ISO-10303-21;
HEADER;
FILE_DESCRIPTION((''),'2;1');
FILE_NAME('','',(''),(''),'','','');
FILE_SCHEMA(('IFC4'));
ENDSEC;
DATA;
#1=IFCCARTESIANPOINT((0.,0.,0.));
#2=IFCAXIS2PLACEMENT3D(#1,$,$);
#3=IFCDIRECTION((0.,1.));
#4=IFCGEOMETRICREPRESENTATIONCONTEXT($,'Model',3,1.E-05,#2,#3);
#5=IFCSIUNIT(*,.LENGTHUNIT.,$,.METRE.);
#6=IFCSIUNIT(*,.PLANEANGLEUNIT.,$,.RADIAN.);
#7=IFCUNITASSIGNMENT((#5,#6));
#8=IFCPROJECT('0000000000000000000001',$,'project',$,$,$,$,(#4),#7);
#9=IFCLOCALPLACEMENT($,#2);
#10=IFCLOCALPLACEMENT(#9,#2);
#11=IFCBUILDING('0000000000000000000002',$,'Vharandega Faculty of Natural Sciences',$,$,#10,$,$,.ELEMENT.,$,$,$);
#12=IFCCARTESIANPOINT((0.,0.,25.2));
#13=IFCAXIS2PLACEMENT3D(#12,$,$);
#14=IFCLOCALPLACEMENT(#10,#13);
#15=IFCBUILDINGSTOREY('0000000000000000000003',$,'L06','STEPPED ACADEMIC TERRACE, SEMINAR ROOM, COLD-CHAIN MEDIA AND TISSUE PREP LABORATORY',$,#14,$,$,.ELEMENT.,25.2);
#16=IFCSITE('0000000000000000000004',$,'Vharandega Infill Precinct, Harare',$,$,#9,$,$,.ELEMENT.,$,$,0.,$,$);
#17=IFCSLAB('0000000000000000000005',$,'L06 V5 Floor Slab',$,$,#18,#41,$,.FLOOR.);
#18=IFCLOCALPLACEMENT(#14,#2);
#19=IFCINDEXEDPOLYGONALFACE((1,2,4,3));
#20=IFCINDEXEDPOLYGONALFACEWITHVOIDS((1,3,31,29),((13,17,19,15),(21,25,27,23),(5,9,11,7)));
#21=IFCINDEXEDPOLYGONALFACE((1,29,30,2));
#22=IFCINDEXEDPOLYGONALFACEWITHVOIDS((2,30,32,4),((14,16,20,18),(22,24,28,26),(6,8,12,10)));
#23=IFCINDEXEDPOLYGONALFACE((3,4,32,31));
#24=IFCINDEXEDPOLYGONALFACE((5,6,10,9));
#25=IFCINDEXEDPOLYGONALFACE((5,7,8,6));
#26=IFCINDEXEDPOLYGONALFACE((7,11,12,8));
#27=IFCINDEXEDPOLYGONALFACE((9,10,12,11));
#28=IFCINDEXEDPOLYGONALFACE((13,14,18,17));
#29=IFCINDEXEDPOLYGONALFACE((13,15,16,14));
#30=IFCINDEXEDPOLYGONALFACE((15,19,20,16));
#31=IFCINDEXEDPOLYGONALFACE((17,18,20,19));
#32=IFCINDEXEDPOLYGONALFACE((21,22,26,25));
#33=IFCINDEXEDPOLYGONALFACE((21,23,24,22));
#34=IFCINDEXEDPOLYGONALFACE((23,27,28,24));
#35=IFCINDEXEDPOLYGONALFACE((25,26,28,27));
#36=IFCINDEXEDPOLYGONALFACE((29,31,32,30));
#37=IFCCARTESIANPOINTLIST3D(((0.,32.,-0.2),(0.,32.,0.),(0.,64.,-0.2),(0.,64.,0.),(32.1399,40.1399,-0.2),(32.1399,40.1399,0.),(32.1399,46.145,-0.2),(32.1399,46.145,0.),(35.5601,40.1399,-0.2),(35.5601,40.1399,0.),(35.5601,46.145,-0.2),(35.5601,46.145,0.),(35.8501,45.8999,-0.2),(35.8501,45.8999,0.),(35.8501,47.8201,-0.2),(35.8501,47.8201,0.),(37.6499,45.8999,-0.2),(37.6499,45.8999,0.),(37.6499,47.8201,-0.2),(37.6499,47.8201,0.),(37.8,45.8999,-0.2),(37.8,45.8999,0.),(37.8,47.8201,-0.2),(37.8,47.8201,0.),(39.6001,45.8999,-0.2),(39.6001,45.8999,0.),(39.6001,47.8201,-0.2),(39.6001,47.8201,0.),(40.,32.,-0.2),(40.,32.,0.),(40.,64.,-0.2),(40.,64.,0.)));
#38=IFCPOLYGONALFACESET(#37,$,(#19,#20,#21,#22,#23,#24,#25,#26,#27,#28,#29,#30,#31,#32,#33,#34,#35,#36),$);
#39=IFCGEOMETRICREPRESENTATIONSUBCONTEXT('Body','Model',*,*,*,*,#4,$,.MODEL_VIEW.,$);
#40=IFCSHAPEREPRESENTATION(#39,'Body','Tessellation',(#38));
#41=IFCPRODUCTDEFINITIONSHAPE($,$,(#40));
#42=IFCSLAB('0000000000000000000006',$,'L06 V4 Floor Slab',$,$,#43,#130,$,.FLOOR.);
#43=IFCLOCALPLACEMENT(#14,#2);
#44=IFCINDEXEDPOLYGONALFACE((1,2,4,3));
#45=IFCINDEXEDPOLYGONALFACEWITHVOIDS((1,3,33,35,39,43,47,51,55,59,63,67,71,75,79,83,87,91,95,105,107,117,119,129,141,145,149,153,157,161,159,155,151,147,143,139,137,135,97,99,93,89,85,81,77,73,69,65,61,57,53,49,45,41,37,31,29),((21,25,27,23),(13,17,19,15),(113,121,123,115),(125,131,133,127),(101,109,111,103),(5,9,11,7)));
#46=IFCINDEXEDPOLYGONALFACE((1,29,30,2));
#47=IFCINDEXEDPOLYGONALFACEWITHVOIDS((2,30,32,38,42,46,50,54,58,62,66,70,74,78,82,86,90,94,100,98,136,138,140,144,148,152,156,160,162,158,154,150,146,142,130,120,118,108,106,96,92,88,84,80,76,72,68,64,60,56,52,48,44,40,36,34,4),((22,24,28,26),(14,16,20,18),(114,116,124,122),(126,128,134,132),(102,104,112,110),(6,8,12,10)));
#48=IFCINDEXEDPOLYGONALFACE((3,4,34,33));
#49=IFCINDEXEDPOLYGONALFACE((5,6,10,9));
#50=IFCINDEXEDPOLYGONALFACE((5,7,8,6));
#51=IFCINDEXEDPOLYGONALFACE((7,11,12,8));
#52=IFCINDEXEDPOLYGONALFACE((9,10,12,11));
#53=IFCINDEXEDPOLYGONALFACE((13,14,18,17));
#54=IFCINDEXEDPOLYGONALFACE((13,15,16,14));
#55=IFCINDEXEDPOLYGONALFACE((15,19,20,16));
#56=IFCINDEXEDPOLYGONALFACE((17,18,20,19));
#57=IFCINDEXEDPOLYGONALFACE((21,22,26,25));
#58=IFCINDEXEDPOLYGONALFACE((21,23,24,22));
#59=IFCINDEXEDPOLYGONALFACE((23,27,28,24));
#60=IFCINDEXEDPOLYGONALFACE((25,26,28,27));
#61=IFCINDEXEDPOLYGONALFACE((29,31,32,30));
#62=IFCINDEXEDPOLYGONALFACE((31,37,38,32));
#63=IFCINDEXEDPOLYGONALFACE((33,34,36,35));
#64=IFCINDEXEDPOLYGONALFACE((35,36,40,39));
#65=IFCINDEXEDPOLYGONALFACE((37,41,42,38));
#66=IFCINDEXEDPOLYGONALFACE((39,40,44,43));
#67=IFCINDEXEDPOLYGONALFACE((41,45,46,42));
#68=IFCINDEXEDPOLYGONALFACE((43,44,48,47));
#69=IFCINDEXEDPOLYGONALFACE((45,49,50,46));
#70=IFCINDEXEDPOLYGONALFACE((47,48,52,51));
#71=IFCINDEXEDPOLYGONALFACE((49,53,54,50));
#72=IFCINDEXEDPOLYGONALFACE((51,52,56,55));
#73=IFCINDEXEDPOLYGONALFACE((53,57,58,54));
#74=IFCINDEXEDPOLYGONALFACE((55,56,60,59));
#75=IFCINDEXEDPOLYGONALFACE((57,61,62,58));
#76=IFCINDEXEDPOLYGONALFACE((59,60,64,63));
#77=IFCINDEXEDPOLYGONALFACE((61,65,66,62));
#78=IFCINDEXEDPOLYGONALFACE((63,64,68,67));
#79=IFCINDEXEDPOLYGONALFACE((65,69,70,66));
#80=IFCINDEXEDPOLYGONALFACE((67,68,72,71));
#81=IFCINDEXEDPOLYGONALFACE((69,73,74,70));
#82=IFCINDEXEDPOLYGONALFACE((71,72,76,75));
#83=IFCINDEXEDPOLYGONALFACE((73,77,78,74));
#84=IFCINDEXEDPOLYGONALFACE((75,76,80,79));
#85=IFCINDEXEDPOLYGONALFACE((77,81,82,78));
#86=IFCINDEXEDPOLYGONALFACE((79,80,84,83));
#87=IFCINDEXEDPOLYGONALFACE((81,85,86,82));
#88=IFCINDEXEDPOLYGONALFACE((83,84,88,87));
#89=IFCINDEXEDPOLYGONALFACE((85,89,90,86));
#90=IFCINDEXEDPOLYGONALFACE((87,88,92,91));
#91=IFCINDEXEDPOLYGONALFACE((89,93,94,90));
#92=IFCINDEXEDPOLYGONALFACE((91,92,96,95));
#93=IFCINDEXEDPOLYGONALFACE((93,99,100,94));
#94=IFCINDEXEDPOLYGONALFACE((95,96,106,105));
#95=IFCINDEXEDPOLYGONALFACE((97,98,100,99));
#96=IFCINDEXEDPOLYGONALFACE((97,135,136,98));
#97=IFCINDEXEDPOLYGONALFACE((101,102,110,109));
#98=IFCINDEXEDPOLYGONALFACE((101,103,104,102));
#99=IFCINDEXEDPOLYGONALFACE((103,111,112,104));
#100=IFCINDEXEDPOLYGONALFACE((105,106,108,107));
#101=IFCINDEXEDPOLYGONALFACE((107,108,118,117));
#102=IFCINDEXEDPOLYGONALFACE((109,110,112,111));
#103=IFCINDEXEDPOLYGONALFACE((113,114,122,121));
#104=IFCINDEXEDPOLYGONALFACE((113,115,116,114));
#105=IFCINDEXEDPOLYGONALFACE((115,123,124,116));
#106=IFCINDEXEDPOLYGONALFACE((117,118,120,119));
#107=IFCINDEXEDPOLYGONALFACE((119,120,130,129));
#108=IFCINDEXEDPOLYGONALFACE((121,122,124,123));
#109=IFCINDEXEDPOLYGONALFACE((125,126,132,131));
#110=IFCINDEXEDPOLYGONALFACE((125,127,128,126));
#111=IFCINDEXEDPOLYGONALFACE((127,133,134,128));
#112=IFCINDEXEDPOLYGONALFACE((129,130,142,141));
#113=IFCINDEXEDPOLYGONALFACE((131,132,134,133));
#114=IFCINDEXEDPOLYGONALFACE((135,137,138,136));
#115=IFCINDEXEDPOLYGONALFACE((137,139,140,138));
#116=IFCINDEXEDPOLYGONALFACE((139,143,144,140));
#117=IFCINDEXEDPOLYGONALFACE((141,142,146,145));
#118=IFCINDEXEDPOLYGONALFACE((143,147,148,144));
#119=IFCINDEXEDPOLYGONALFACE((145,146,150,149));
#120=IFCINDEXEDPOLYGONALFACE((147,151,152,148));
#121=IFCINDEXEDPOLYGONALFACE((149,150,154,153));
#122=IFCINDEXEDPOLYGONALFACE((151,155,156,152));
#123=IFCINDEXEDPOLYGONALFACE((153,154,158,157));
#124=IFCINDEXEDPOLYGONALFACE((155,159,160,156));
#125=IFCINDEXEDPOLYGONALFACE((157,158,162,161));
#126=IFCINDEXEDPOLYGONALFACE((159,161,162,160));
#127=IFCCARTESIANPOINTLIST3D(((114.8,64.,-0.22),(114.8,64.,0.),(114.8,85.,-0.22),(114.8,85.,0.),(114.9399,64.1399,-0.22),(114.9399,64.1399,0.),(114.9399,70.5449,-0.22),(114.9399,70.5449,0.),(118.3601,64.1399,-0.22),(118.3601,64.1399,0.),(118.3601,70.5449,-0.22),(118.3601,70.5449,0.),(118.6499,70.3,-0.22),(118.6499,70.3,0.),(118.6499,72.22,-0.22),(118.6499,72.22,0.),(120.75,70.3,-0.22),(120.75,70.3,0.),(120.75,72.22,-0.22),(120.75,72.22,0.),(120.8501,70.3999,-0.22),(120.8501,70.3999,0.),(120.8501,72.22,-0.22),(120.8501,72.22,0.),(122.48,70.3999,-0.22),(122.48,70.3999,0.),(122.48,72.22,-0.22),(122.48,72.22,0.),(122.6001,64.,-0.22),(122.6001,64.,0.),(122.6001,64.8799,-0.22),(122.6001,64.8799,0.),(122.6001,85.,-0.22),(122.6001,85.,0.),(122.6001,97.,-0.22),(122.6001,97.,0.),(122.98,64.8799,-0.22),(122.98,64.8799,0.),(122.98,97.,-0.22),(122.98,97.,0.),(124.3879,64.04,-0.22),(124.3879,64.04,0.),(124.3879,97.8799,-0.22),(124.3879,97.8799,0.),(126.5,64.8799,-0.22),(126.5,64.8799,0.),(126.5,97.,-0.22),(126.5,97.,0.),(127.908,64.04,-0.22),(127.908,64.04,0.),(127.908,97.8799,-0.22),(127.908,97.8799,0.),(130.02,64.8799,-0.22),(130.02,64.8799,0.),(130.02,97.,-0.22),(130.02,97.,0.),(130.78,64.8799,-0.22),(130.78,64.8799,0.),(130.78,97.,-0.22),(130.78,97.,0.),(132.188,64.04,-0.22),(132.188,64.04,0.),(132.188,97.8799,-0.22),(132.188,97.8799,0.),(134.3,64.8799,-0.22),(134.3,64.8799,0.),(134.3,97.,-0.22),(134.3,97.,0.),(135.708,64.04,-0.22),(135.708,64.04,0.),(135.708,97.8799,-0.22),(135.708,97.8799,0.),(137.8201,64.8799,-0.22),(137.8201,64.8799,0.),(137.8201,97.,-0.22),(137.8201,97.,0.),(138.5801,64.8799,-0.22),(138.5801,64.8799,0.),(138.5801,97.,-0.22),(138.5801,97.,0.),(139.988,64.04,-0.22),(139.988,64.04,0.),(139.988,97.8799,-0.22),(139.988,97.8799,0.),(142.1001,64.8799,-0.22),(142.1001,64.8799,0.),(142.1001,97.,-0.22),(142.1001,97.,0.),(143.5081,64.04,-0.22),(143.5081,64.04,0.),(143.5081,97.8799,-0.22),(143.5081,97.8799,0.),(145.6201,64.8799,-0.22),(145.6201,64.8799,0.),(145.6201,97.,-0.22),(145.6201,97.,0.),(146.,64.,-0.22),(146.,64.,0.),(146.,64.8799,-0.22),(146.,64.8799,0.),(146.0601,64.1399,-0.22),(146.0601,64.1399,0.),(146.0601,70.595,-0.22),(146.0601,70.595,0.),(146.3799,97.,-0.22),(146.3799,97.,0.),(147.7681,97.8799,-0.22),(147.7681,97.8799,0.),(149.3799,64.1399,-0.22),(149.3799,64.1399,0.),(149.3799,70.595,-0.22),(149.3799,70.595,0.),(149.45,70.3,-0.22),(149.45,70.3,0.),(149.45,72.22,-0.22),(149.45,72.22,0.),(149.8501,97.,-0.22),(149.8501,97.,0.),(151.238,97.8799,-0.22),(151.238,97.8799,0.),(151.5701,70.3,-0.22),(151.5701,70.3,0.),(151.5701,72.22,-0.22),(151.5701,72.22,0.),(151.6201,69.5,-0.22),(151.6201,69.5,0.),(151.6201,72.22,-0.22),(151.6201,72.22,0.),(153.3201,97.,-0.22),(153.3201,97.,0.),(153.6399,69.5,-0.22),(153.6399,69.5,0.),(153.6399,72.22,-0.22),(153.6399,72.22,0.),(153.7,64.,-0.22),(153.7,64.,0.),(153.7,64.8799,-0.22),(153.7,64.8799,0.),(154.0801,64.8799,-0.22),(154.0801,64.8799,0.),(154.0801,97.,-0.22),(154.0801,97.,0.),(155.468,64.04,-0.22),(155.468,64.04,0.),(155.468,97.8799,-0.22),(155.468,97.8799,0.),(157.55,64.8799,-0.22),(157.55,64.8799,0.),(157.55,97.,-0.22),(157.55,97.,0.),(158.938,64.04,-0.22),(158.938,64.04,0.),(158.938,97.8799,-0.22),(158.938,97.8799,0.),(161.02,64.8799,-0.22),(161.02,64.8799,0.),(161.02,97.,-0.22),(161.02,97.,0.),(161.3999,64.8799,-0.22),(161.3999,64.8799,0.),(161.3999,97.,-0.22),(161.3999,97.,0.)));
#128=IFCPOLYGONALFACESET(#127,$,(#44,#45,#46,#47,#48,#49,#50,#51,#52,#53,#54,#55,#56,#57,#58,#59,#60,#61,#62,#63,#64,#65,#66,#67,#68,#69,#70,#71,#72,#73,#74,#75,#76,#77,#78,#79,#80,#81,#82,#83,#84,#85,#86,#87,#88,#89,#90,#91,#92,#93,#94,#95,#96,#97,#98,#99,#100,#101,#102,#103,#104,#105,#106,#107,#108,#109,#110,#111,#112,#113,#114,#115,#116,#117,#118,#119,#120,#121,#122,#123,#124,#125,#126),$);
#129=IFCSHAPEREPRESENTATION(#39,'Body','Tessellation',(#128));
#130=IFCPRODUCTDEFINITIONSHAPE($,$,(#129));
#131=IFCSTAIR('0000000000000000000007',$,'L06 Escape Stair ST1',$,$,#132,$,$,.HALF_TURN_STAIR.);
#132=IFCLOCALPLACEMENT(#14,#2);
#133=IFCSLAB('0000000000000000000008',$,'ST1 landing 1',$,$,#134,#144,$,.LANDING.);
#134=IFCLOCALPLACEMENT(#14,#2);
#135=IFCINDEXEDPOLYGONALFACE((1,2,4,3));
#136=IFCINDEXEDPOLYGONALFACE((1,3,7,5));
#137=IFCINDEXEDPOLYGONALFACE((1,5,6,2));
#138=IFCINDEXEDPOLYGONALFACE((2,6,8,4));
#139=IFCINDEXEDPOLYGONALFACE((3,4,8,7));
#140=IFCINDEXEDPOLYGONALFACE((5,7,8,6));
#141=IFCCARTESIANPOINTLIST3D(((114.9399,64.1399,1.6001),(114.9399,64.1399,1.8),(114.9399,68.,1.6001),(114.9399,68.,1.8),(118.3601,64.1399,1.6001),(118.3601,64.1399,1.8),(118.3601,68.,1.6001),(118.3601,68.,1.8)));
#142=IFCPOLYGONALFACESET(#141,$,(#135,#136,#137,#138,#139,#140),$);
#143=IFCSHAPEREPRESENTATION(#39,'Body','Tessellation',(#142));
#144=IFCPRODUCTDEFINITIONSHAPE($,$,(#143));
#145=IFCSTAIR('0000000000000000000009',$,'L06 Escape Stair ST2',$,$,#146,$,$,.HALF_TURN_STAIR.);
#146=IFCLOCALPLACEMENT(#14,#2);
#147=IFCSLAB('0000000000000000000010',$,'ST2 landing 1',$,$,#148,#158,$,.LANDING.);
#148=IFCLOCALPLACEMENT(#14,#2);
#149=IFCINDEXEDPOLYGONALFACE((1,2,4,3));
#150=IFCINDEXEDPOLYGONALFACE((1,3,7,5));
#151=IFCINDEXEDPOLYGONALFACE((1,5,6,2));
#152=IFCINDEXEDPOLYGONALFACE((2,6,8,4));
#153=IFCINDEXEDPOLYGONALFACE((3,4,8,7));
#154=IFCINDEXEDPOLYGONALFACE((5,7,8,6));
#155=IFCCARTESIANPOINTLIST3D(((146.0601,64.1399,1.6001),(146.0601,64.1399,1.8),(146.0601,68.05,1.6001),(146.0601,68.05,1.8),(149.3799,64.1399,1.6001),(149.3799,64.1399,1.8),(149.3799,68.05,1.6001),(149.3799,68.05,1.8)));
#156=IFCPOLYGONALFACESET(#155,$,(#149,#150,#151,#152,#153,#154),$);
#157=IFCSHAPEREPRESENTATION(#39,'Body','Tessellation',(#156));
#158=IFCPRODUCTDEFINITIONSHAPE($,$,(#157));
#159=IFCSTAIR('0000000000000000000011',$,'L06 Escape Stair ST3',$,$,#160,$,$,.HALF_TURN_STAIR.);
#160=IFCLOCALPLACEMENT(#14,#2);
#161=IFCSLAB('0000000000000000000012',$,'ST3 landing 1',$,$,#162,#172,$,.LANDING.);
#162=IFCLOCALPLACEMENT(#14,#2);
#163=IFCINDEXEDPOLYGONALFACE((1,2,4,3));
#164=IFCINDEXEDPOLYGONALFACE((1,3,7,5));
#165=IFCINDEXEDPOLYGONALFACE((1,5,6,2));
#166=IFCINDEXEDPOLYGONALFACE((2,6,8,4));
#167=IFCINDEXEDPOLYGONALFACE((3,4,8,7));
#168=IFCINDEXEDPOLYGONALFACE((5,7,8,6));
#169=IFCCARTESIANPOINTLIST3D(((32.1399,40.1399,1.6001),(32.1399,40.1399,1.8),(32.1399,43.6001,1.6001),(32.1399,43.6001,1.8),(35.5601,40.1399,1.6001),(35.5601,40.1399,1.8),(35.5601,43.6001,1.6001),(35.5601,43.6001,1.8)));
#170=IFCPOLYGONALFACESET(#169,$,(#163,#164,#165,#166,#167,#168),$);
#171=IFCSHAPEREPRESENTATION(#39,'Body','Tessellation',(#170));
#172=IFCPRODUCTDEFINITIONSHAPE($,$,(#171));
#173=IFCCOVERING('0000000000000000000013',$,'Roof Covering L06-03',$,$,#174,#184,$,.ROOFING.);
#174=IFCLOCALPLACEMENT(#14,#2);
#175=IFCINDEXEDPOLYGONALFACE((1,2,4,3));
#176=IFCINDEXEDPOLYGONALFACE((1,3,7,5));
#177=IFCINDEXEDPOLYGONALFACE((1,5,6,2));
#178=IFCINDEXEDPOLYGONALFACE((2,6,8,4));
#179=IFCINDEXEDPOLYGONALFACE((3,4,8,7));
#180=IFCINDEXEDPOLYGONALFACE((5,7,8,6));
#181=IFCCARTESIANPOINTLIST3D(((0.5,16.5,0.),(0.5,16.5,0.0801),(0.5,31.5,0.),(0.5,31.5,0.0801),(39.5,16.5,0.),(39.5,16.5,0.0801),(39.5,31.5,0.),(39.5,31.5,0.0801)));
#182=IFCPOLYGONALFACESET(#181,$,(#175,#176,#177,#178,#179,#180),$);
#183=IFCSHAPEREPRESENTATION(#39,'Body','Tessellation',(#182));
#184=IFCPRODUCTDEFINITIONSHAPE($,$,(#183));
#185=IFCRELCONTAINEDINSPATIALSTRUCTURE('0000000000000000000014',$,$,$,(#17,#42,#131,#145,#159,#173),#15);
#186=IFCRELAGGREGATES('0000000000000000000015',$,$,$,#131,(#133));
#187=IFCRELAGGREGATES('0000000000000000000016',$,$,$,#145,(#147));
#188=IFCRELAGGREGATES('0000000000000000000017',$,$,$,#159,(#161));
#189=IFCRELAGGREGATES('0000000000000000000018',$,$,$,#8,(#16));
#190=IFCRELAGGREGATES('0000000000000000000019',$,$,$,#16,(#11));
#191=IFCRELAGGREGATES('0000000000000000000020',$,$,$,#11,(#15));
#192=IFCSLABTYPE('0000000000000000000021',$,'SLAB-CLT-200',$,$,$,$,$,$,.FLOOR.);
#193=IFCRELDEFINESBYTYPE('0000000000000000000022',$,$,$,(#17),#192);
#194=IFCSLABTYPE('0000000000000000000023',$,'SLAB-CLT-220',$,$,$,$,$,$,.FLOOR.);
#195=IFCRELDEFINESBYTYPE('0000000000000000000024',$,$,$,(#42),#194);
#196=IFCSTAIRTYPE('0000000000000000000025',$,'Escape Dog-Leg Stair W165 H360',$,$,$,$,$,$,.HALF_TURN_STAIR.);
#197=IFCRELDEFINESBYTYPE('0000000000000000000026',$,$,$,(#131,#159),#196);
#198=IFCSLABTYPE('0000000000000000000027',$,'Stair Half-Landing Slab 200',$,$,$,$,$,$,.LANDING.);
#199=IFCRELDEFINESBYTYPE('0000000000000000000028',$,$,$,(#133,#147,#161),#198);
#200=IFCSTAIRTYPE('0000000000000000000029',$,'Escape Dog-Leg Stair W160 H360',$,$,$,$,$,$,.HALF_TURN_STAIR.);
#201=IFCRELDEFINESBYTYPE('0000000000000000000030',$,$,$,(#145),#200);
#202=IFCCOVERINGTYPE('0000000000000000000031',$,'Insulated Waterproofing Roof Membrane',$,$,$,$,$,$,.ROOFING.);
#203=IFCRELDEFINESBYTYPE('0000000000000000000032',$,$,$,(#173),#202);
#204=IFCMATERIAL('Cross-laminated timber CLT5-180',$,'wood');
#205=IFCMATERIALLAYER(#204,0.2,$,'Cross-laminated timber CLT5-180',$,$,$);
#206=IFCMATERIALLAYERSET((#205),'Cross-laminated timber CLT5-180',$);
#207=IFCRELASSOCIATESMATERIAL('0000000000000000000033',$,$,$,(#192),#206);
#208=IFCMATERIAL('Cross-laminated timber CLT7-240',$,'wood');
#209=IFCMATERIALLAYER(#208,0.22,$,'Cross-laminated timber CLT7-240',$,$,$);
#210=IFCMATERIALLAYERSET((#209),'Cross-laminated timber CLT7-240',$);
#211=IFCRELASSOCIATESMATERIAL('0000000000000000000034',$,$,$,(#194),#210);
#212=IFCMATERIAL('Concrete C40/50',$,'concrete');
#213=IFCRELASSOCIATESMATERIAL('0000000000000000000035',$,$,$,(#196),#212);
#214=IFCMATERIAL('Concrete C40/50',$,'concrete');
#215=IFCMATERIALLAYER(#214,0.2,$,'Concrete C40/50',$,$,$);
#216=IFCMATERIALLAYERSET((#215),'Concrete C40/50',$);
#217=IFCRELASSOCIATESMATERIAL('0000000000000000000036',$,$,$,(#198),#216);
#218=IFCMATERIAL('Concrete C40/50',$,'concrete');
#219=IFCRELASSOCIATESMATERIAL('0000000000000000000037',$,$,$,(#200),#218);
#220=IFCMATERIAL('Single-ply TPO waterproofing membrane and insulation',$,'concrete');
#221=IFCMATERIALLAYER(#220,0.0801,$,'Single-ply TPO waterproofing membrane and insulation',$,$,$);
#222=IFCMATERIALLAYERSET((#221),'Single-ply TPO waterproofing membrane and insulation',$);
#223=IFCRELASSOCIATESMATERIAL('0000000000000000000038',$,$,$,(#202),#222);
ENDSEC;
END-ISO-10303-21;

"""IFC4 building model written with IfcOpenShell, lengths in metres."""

from ifc_helpers import new_model, si_unit, direction, frame, origin, place, context, subcontext, project, spatial, polyline, outline, extrude, material, layer, layer_set, type_object, element, aggregate, save


model = new_model("IFC4")

# Units and contexts
model_context = context("Model", 3, precision=1e-05, world=origin(), true_north=direction((0.0, 1.0)))
body_context = subcontext(model_context, "Body", "Model", "MODEL_VIEW")
ifc_project = project(units=[si_unit("LENGTHUNIT", "METRE"), si_unit("PLANEANGLEUNIT", "RADIAN")], contexts=[model_context])

# Site, building, storey
site_placement = place(None, origin())
site = spatial("IfcSite", under=ifc_project, at=site_placement, Name="Vharandega Infill Precinct, Harare", CompositionType="ELEMENT", RefElevation=0.0)
building_placement = place(site_placement, origin())
building = spatial("IfcBuilding", under=site, at=building_placement, Name="Vharandega Faculty of Natural Sciences", CompositionType="ELEMENT")
storey_placement = place(building_placement, frame((0.0, 0.0, 25.2)))
storey = spatial("IfcBuildingStorey", under=building, at=storey_placement, Name="L06", Description="STEPPED ACADEMIC TERRACE, SEMINAR ROOM, COLD-CHAIN MEDIA AND TISSUE PREP LABORATORY", CompositionType="ELEMENT", Elevation=25.2)

# Slabs
ifc_material_1 = material(Name="Cross-laminated timber CLT5-180", Category="wood")
ifc_layer_1 = layer(ifc_material_1, 0.2, Name="Cross-laminated timber CLT5-180")
ifc_layer_set_1 = layer_set([ifc_layer_1], Name="Cross-laminated timber CLT5-180")
slab_type_1 = type_object("IfcSlabType", Name="SLAB-CLT-200", PredefinedType="FLOOR", material=ifc_layer_set_1)
slab_1_placement = place(storey_placement, frame((0.0, 0.0, -0.2)))
element("IfcSlab", 1, at=slab_1_placement, inside=storey, type_object=slab_type_1, Name="L06 V5 Floor Slab", PredefinedType="FLOOR", context=body_context, shape_type="SweptSolid", body=[
    extrude(outline(polyline([(0.0, 32.0), (40.0, 32.0), (40.0, 64.0), (0.0, 64.0), (0.0, 32.0)]), holes=[polyline([(32.1399, 46.145), (32.1399, 40.1399), (35.5601, 40.1399), (35.5601, 46.145), (32.1399, 46.145)]), polyline([(35.8501, 45.8999), (37.6499, 45.8999), (37.6499, 47.8201), (35.8501, 47.8201), (35.8501, 45.8999)]), polyline([(37.8, 45.8999), (39.6001, 45.8999), (39.6001, 47.8201), (37.8, 47.8201), (37.8, 45.8999)])]), origin(), (0.0, 0.0, 1.0), 0.2),
])
ifc_material_2 = material(Name="Cross-laminated timber CLT7-240", Category="wood")
ifc_layer_2 = layer(ifc_material_2, 0.22, Name="Cross-laminated timber CLT7-240")
ifc_layer_set_2 = layer_set([ifc_layer_2], Name="Cross-laminated timber CLT7-240")
slab_type_2 = type_object("IfcSlabType", Name="SLAB-CLT-220", PredefinedType="FLOOR", material=ifc_layer_set_2)
slab_2_placement = place(storey_placement, frame((0.0, 0.0, -0.22)))
element("IfcSlab", 2, at=slab_2_placement, inside=storey, type_object=slab_type_2, Name="L06 V4 Floor Slab", PredefinedType="FLOOR", context=body_context, shape_type="SweptSolid", body=[
    extrude(outline(polyline([(114.8, 64.0), (122.6001, 64.0), (122.6001, 64.8799), (122.98, 64.8799), (124.3879, 64.04), (126.5, 64.8799), (126.5, 64.8799), (127.908, 64.04), (130.02, 64.8799), (130.78, 64.8799), (132.188, 64.04), (134.3, 64.8799), (134.3, 64.8799), (135.708, 64.04), (137.8201, 64.8799), (138.5801, 64.8799), (139.988, 64.04), (142.1001, 64.8799), (142.1001, 64.8799), (143.5081, 64.04), (145.6201, 64.8799), (146.0, 64.8799), (146.0, 64.0), (153.7, 64.0), (153.7, 64.8799), (154.0801, 64.8799), (155.468, 64.04), (157.55, 64.8799), (157.55, 64.8799), (158.938, 64.04), (161.02, 64.8799), (161.3999, 64.8799), (161.3999, 64.0), (161.3999, 97.0), (161.02, 97.0), (158.938, 97.8799), (157.55, 97.0), (157.55, 97.0), (155.468, 97.8799), (154.0801, 97.0), (153.3201, 97.0), (151.238, 97.8799), (149.8501, 97.0), (149.8501, 97.0), (147.7681, 97.8799), (146.3799, 97.0), (145.6201, 97.0), (143.5081, 97.8799), (142.1001, 97.0), (142.1001, 97.0), (139.988, 97.8799), (138.5801, 97.0), (137.8201, 97.0), (135.708, 97.8799), (134.3, 97.0), (134.3, 97.0), (132.188, 97.8799), (130.78, 97.0), (130.02, 97.0), (127.908, 97.8799), (126.5, 97.0), (126.5, 97.0), (124.3879, 97.8799), (122.98, 97.0), (122.6001, 97.0), (122.6001, 85.0), (114.8, 85.0), (114.8, 64.0)]), holes=[polyline([(114.9399, 70.5449), (114.9399, 64.1399), (118.3601, 64.1399), (118.3601, 70.5449), (114.9399, 70.5449)]), polyline([(118.6499, 70.3), (120.75, 70.3), (120.75, 72.22), (118.6499, 72.22), (118.6499, 70.3)]), polyline([(120.8501, 70.3999), (122.48, 70.3999), (122.48, 72.22), (120.8501, 72.22), (120.8501, 70.3999)]), polyline([(146.0601, 70.595), (146.0601, 64.1399), (149.3799, 64.1399), (149.3799, 70.595), (146.0601, 70.595)]), polyline([(149.45, 70.3), (151.5701, 70.3), (151.5701, 72.22), (149.45, 72.22), (149.45, 70.3)]), polyline([(151.6201, 69.5), (153.6399, 69.5), (153.6399, 72.22), (151.6201, 72.22), (151.6201, 69.5)])]), origin(), (0.0, 0.0, 1.0), 0.22),
])

# Stairs, slabs
ifc_material_3 = material(Name="Concrete C40/50", Category="concrete")
stair_type_1 = type_object("IfcStairType", Name="Escape Dog-Leg Stair W165 H360", PredefinedType="HALF_TURN_STAIR", material=ifc_material_3)
stair_1_placement = place(storey_placement, origin())
stair_1 = element("IfcStair", 3, at=stair_1_placement, inside=storey, type_object=stair_type_1, Name="L06 Escape Stair ST1", PredefinedType="HALF_TURN_STAIR")
ifc_material_4 = material(Name="Concrete C40/50", Category="concrete")
ifc_layer_3 = layer(ifc_material_4, 0.2, Name="Concrete C40/50")
ifc_layer_set_3 = layer_set([ifc_layer_3], Name="Concrete C40/50")
slab_type_3 = type_object("IfcSlabType", Name="Stair Half-Landing Slab 200", PredefinedType="LANDING", material=ifc_layer_set_3)
slab_3_placement = place(storey_placement, frame((0.0, 0.0, 1.6001)))
slab_3 = element("IfcSlab", 4, at=slab_3_placement, type_object=slab_type_3, Name="ST1 landing 1", PredefinedType="LANDING", context=body_context, shape_type="SweptSolid", body=[
    extrude(outline(polyline([(114.9399, 68.0), (114.9399, 64.1399), (118.3601, 64.1399), (118.3601, 68.0), (114.9399, 68.0)])), origin(), (0.0, 0.0, 1.0), 0.2),
])
aggregate(stair_1, [slab_3])
ifc_material_5 = material(Name="Concrete C40/50", Category="concrete")
stair_type_2 = type_object("IfcStairType", Name="Escape Dog-Leg Stair W160 H360", PredefinedType="HALF_TURN_STAIR", material=ifc_material_5)
stair_2_placement = place(storey_placement, origin())
stair_2 = element("IfcStair", 5, at=stair_2_placement, inside=storey, type_object=stair_type_2, Name="L06 Escape Stair ST2", PredefinedType="HALF_TURN_STAIR")
slab_4_placement = place(storey_placement, frame((0.0, 0.0, 1.6001)))
slab_4 = element("IfcSlab", 6, at=slab_4_placement, type_object=slab_type_3, Name="ST2 landing 1", PredefinedType="LANDING", context=body_context, shape_type="SweptSolid", body=[
    extrude(outline(polyline([(146.0601, 68.05), (146.0601, 64.1399), (149.3799, 64.1399), (149.3799, 68.05), (146.0601, 68.05)])), origin(), (0.0, 0.0, 1.0), 0.2),
])
aggregate(stair_2, [slab_4])
stair_3_placement = place(storey_placement, origin())
stair_3 = element("IfcStair", 7, at=stair_3_placement, inside=storey, type_object=stair_type_1, Name="L06 Escape Stair ST3", PredefinedType="HALF_TURN_STAIR")
slab_5_placement = place(storey_placement, frame((0.0, 0.0, 1.6001)))
slab_5 = element("IfcSlab", 8, at=slab_5_placement, type_object=slab_type_3, Name="ST3 landing 1", PredefinedType="LANDING", context=body_context, shape_type="SweptSolid", body=[
    extrude(outline(polyline([(32.1399, 43.6001), (32.1399, 40.1399), (35.5601, 40.1399), (35.5601, 43.6001), (32.1399, 43.6001)])), origin(), (0.0, 0.0, 1.0), 0.2),
])
aggregate(stair_3, [slab_5])

# Covering
ifc_material_6 = material(Name="Single-ply TPO waterproofing membrane and insulation", Category="concrete")
ifc_layer_4 = layer(ifc_material_6, 0.0801, Name="Single-ply TPO waterproofing membrane and insulation")
ifc_layer_set_4 = layer_set([ifc_layer_4], Name="Single-ply TPO waterproofing membrane and insulation")
covering_type = type_object("IfcCoveringType", Name="Insulated Waterproofing Roof Membrane", PredefinedType="ROOFING", material=ifc_layer_set_4)
covering_placement = place(storey_placement, origin())
element("IfcCovering", 9, at=covering_placement, inside=storey, type_object=covering_type, Name="Roof Covering L06-03", PredefinedType="ROOFING", context=body_context, shape_type="SweptSolid", body=[
    extrude(outline(polyline([(0.5, 16.5), (39.5, 16.5), (39.5, 31.5), (0.5, 31.5), (0.5, 16.5)])), origin(), (0.0, 0.0, 1.0), 0.0801),
])

save(model, "model.ifc")
